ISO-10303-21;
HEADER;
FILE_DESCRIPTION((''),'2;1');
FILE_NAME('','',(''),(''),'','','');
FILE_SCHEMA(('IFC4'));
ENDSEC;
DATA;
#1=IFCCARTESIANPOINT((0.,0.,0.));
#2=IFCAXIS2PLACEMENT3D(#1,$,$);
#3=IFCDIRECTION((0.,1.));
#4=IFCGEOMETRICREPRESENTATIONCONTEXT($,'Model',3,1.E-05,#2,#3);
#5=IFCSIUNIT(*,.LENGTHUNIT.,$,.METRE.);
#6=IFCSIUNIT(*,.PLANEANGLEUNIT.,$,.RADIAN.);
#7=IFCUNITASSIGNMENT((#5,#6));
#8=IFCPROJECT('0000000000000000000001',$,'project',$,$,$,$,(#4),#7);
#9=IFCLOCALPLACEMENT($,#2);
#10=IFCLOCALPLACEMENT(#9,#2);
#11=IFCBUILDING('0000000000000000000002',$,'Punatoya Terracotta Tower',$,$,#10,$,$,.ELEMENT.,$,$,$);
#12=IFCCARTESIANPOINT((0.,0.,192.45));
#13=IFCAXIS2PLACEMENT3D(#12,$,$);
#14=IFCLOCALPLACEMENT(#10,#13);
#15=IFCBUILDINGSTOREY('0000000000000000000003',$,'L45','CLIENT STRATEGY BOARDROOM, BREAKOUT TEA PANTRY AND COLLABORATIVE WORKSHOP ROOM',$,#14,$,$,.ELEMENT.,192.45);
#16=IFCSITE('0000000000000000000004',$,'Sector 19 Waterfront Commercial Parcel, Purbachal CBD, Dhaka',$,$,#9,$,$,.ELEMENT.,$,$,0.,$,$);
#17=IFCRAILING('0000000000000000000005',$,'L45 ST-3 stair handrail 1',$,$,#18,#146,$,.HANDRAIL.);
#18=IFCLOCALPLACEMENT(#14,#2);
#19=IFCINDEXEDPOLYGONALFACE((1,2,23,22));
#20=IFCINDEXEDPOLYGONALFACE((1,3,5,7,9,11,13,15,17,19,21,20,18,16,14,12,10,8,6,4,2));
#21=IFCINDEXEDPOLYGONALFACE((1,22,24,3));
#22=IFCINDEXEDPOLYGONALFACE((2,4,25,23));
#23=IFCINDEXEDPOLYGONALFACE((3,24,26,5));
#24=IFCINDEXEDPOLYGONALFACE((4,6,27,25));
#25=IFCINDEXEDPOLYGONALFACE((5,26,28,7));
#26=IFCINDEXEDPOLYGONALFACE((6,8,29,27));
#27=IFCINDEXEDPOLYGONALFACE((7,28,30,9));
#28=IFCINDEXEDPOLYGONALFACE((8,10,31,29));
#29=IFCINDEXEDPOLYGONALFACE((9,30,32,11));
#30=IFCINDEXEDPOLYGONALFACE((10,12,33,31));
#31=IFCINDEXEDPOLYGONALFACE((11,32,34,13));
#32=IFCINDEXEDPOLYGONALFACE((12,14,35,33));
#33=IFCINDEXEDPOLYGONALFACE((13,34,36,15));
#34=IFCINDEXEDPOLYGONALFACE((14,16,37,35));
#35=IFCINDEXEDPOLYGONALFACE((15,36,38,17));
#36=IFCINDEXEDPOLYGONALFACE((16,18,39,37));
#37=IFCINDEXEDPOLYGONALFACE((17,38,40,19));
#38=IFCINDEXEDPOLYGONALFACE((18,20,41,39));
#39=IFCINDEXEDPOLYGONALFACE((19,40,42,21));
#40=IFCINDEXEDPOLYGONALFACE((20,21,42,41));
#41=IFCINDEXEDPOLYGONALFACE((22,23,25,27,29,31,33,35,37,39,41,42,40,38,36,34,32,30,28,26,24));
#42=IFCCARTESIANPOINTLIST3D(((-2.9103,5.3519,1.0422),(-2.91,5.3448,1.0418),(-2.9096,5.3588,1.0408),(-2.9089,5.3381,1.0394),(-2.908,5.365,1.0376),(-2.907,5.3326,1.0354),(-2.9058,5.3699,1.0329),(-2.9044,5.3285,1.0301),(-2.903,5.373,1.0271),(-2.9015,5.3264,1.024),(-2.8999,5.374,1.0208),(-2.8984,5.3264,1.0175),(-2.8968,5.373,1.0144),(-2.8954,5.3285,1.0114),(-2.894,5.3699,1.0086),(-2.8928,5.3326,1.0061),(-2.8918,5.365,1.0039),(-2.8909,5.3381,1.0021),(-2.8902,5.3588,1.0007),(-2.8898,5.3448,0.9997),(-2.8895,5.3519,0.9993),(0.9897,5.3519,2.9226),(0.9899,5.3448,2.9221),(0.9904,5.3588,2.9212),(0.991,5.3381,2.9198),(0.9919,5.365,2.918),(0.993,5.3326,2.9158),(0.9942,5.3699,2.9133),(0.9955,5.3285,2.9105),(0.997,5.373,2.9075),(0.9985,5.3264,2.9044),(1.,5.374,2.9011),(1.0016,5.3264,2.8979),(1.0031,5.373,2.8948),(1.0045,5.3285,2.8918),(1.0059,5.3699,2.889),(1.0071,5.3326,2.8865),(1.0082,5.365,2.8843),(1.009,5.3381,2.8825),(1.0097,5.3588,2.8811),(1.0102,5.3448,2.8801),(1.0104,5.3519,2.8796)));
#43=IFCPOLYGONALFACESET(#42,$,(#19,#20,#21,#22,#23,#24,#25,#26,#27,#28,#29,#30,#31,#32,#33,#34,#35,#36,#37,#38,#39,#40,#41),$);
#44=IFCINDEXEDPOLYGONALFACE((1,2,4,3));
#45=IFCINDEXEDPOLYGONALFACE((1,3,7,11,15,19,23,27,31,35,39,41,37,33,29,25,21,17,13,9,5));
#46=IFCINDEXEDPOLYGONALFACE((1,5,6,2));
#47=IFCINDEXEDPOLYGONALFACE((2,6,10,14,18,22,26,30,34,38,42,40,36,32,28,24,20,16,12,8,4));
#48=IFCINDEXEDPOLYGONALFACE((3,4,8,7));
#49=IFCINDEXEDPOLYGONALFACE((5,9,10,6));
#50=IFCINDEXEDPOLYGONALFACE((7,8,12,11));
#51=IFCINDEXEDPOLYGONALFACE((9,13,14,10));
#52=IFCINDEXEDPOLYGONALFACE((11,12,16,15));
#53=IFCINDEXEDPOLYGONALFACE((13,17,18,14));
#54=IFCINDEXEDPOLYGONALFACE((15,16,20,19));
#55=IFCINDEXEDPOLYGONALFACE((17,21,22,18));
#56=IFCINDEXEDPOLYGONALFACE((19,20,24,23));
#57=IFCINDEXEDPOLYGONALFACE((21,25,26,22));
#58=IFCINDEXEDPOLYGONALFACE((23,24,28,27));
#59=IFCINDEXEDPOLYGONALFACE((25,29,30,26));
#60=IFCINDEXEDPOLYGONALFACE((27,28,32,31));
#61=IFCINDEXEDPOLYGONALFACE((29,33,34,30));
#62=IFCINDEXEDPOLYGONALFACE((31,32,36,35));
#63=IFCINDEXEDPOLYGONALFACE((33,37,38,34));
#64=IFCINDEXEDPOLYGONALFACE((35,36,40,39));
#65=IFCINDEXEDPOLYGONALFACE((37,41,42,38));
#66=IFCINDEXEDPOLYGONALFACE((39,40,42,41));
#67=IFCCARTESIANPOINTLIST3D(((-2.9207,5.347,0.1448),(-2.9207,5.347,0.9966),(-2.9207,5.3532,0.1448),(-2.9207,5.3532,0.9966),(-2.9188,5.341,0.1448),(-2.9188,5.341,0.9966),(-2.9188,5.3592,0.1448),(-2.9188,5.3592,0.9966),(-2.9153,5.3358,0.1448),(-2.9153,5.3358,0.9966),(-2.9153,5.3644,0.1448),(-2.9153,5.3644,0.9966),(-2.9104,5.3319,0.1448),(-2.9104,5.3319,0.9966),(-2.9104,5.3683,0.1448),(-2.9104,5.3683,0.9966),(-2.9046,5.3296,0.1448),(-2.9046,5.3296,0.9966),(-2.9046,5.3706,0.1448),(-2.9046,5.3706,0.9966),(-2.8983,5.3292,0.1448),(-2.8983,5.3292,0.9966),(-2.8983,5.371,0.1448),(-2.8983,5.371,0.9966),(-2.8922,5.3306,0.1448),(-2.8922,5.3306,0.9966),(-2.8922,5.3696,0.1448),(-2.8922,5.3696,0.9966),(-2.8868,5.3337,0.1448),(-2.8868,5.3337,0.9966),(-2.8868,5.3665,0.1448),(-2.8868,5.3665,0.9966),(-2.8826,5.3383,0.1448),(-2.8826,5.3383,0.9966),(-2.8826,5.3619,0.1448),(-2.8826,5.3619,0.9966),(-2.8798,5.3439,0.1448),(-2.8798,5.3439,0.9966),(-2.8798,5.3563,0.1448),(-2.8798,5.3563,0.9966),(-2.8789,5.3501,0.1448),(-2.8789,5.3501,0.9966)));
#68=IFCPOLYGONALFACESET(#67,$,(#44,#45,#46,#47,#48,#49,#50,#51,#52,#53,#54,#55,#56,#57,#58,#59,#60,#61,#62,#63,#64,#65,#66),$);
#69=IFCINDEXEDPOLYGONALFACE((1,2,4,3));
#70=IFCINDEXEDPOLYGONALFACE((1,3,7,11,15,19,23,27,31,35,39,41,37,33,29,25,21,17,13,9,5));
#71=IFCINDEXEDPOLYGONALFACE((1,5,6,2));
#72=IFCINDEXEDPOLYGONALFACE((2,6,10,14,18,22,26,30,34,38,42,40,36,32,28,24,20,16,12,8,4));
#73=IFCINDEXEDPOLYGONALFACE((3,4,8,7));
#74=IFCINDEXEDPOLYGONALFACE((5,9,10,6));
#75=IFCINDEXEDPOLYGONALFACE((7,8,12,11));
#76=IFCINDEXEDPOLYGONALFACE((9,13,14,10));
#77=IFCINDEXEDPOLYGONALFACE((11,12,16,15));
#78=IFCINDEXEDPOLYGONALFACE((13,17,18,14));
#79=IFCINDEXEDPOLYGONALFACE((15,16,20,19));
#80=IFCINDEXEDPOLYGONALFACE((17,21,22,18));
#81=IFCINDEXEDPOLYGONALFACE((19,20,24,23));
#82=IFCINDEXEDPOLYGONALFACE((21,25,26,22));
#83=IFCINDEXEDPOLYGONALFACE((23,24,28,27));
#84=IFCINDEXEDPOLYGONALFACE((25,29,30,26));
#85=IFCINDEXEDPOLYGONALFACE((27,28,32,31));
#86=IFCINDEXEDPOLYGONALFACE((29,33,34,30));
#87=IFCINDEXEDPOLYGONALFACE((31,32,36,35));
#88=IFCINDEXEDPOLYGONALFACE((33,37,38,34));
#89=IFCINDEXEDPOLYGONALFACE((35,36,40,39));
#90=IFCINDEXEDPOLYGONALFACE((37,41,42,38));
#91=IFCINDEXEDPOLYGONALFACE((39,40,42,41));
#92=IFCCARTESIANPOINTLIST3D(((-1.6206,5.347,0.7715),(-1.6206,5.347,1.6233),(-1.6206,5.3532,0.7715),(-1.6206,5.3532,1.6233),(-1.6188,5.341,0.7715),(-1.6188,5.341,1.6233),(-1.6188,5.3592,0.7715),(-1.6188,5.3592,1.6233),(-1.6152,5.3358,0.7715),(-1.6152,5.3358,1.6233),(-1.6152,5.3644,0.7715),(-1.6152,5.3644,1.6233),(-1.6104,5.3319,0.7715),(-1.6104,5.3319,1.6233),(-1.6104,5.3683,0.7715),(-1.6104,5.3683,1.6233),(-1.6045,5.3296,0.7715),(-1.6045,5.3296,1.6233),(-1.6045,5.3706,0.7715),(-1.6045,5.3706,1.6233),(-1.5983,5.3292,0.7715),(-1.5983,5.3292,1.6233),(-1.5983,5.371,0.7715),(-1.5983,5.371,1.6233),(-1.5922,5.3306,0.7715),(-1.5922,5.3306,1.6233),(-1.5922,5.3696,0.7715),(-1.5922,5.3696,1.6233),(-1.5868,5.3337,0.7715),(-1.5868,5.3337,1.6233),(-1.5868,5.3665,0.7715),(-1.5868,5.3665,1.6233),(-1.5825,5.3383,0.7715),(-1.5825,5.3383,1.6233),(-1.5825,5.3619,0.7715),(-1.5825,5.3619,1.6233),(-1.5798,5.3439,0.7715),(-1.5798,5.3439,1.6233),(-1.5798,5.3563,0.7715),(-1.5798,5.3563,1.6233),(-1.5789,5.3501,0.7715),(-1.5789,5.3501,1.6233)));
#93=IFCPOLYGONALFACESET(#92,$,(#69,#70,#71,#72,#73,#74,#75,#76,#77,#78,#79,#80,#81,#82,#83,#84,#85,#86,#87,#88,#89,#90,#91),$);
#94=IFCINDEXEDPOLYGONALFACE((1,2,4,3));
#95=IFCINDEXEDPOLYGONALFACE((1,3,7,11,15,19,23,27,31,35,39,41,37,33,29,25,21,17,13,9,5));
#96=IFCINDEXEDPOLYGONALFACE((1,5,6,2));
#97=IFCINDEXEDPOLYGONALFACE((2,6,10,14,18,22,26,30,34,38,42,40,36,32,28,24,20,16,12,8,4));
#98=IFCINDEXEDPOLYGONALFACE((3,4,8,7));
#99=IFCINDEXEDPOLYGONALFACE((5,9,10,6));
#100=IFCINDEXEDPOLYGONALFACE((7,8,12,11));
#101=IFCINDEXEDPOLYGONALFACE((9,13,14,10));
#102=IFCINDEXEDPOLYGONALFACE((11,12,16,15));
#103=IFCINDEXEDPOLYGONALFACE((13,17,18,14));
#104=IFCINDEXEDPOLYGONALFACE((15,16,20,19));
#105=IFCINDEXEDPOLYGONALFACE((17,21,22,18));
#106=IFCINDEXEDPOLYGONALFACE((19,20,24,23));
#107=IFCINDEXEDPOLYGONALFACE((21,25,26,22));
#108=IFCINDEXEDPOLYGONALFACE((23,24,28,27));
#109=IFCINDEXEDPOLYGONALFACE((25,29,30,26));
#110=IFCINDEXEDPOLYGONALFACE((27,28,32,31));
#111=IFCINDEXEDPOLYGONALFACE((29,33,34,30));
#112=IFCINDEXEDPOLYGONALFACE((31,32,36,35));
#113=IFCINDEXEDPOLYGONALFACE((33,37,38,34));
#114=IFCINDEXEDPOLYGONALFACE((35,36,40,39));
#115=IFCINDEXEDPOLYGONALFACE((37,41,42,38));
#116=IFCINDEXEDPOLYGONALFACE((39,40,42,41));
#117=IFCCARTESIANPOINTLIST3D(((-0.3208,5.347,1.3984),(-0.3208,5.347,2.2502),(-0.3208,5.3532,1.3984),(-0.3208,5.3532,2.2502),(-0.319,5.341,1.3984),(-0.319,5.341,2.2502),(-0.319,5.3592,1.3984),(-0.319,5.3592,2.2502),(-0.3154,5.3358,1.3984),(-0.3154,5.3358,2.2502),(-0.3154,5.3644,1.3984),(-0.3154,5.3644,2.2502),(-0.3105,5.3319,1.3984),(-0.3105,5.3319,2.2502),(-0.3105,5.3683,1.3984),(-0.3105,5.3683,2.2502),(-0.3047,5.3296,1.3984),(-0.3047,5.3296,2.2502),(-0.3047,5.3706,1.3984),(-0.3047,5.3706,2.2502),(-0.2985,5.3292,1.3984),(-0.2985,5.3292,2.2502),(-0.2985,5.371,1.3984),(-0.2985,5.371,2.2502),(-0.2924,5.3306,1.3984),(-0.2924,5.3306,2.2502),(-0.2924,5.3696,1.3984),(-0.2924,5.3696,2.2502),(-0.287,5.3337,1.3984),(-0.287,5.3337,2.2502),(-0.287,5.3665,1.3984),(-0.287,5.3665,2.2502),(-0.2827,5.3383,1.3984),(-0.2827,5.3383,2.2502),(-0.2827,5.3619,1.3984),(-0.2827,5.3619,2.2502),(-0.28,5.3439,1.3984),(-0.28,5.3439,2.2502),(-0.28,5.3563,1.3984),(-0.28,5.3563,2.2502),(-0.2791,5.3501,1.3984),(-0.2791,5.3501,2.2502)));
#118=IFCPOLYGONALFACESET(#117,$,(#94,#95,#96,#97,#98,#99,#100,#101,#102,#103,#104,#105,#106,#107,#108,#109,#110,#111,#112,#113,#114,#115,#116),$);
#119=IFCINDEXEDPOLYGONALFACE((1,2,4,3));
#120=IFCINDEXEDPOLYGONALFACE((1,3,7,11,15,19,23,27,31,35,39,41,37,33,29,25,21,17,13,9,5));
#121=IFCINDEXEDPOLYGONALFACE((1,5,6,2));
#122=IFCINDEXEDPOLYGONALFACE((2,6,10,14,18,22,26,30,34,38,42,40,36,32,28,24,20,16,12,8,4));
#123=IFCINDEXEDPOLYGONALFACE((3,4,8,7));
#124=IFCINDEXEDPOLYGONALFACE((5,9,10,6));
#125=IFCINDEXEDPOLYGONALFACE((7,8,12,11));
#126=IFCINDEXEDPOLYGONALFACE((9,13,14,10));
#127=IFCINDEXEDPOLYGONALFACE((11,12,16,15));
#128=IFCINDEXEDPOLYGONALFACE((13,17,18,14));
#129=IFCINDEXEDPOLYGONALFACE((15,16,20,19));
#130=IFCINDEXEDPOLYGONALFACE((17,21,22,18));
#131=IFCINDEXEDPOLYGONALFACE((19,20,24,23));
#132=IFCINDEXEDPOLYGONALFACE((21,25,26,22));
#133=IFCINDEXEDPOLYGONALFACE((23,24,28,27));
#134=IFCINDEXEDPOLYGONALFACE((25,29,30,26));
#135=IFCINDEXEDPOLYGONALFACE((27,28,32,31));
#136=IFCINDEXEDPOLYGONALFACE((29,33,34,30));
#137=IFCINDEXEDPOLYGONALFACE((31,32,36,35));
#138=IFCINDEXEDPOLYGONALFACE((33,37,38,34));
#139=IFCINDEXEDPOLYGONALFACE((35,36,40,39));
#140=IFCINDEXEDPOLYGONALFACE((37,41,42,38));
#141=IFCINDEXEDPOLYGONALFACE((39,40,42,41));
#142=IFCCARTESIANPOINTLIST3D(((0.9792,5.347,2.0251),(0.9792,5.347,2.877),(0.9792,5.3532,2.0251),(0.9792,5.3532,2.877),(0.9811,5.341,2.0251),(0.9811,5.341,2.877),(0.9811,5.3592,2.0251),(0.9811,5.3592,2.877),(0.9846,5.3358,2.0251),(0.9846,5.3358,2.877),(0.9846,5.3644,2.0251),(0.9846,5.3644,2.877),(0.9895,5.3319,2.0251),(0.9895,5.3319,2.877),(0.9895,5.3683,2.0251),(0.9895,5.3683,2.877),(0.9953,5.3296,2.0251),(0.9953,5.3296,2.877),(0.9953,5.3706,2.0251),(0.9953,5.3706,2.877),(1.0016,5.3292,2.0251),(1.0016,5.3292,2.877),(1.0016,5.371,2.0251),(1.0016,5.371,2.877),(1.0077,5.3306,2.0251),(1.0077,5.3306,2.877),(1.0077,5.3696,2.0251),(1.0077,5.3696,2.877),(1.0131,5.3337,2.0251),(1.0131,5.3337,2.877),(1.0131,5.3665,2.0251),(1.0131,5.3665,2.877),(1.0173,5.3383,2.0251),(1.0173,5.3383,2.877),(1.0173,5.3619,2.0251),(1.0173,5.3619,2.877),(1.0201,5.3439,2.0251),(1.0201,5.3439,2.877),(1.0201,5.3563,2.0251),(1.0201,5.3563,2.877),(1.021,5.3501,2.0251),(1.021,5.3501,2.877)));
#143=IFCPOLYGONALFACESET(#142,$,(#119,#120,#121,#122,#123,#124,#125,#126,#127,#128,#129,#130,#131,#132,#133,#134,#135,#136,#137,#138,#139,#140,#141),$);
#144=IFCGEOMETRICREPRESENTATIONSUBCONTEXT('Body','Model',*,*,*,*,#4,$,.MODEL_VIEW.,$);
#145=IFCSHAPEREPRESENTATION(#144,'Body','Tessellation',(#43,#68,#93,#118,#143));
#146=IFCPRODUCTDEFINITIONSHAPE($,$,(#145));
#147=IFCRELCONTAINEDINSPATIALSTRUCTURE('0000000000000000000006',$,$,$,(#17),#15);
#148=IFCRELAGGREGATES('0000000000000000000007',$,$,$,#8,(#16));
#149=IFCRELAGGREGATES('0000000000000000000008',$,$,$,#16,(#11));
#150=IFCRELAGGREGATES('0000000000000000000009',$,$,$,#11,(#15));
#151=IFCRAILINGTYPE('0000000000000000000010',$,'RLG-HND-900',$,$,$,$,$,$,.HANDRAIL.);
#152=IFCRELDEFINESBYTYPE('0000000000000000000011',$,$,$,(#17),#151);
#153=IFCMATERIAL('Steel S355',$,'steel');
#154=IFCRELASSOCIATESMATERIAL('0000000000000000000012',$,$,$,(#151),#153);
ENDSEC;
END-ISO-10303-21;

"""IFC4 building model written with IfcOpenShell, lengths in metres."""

from ifc_helpers import new_model, si_unit, direction, frame, origin, origin_2d, place, context, subcontext, project, spatial, circle, extrude, material, type_object, element, save


model = new_model("IFC4")

# Units and contexts
model_context = context("Model", 3, precision=1e-05, world=origin(), true_north=direction((0.0, 1.0)))
body_context = subcontext(model_context, "Body", "Model", "MODEL_VIEW")
ifc_project = project(units=[si_unit("LENGTHUNIT", "METRE"), si_unit("PLANEANGLEUNIT", "RADIAN")], contexts=[model_context])

# Site, building, storey
site_placement = place(None, origin())
site = spatial("IfcSite", under=ifc_project, at=site_placement, Name="Sector 19 Waterfront Commercial Parcel, Purbachal CBD, Dhaka", CompositionType="ELEMENT", RefElevation=0.0)
building_placement = place(site_placement, origin())
building = spatial("IfcBuilding", under=site, at=building_placement, Name="Punatoya Terracotta Tower", CompositionType="ELEMENT")
storey_placement = place(building_placement, frame((0.0, 0.0, 192.45)))
storey = spatial("IfcBuildingStorey", under=building, at=storey_placement, Name="L45", Description="CLIENT STRATEGY BOARDROOM, BREAKOUT TEA PANTRY AND COLLABORATIVE WORKSHOP ROOM", CompositionType="ELEMENT", Elevation=192.45)

# Railing
ifc_material_1 = material(Name="Steel S355", Category="steel")
railing_type_1 = type_object("IfcRailingType", Name="RLG-HND-900", PredefinedType="HANDRAIL", material=ifc_material_1)
railing_1_placement = place(storey_placement, frame((-2.8999, 5.3501, 0.1448)))
element("IfcRailing", 1, at=railing_1_placement, inside=storey, type_object=railing_type_1, Name="L45 ST-3 stair handrail 1", PredefinedType="HANDRAIL", context=body_context, shape_type="SweptSolid", body=[
    extrude(circle(Radius=0.0239, at=origin_2d()), frame((0.0, 0.0, 0.876), z_axis=(0.900763, 0.0, 0.434311), x_axis=(0.0, 1.0, 0.0)), (0.0, 0.0, 1.0), 4.3296),
    extrude(circle(Radius=0.021, at=origin_2d()), origin(), (0.0, 0.0, 1.0), 0.8518),
    extrude(circle(Radius=0.021, at=origin_2d()), frame((1.3, 0.0, 0.6267)), (0.0, 0.0, 1.0), 0.8518),
    extrude(circle(Radius=0.021, at=origin_2d()), frame((2.5999, 0.0, 1.2537)), (0.0, 0.0, 1.0), 0.8518),
    extrude(circle(Radius=0.021, at=origin_2d()), frame((3.8999, 0.0, 1.8804)), (0.0, 0.0, 1.0), 0.8518),
])

save(model, "model.ifc")
